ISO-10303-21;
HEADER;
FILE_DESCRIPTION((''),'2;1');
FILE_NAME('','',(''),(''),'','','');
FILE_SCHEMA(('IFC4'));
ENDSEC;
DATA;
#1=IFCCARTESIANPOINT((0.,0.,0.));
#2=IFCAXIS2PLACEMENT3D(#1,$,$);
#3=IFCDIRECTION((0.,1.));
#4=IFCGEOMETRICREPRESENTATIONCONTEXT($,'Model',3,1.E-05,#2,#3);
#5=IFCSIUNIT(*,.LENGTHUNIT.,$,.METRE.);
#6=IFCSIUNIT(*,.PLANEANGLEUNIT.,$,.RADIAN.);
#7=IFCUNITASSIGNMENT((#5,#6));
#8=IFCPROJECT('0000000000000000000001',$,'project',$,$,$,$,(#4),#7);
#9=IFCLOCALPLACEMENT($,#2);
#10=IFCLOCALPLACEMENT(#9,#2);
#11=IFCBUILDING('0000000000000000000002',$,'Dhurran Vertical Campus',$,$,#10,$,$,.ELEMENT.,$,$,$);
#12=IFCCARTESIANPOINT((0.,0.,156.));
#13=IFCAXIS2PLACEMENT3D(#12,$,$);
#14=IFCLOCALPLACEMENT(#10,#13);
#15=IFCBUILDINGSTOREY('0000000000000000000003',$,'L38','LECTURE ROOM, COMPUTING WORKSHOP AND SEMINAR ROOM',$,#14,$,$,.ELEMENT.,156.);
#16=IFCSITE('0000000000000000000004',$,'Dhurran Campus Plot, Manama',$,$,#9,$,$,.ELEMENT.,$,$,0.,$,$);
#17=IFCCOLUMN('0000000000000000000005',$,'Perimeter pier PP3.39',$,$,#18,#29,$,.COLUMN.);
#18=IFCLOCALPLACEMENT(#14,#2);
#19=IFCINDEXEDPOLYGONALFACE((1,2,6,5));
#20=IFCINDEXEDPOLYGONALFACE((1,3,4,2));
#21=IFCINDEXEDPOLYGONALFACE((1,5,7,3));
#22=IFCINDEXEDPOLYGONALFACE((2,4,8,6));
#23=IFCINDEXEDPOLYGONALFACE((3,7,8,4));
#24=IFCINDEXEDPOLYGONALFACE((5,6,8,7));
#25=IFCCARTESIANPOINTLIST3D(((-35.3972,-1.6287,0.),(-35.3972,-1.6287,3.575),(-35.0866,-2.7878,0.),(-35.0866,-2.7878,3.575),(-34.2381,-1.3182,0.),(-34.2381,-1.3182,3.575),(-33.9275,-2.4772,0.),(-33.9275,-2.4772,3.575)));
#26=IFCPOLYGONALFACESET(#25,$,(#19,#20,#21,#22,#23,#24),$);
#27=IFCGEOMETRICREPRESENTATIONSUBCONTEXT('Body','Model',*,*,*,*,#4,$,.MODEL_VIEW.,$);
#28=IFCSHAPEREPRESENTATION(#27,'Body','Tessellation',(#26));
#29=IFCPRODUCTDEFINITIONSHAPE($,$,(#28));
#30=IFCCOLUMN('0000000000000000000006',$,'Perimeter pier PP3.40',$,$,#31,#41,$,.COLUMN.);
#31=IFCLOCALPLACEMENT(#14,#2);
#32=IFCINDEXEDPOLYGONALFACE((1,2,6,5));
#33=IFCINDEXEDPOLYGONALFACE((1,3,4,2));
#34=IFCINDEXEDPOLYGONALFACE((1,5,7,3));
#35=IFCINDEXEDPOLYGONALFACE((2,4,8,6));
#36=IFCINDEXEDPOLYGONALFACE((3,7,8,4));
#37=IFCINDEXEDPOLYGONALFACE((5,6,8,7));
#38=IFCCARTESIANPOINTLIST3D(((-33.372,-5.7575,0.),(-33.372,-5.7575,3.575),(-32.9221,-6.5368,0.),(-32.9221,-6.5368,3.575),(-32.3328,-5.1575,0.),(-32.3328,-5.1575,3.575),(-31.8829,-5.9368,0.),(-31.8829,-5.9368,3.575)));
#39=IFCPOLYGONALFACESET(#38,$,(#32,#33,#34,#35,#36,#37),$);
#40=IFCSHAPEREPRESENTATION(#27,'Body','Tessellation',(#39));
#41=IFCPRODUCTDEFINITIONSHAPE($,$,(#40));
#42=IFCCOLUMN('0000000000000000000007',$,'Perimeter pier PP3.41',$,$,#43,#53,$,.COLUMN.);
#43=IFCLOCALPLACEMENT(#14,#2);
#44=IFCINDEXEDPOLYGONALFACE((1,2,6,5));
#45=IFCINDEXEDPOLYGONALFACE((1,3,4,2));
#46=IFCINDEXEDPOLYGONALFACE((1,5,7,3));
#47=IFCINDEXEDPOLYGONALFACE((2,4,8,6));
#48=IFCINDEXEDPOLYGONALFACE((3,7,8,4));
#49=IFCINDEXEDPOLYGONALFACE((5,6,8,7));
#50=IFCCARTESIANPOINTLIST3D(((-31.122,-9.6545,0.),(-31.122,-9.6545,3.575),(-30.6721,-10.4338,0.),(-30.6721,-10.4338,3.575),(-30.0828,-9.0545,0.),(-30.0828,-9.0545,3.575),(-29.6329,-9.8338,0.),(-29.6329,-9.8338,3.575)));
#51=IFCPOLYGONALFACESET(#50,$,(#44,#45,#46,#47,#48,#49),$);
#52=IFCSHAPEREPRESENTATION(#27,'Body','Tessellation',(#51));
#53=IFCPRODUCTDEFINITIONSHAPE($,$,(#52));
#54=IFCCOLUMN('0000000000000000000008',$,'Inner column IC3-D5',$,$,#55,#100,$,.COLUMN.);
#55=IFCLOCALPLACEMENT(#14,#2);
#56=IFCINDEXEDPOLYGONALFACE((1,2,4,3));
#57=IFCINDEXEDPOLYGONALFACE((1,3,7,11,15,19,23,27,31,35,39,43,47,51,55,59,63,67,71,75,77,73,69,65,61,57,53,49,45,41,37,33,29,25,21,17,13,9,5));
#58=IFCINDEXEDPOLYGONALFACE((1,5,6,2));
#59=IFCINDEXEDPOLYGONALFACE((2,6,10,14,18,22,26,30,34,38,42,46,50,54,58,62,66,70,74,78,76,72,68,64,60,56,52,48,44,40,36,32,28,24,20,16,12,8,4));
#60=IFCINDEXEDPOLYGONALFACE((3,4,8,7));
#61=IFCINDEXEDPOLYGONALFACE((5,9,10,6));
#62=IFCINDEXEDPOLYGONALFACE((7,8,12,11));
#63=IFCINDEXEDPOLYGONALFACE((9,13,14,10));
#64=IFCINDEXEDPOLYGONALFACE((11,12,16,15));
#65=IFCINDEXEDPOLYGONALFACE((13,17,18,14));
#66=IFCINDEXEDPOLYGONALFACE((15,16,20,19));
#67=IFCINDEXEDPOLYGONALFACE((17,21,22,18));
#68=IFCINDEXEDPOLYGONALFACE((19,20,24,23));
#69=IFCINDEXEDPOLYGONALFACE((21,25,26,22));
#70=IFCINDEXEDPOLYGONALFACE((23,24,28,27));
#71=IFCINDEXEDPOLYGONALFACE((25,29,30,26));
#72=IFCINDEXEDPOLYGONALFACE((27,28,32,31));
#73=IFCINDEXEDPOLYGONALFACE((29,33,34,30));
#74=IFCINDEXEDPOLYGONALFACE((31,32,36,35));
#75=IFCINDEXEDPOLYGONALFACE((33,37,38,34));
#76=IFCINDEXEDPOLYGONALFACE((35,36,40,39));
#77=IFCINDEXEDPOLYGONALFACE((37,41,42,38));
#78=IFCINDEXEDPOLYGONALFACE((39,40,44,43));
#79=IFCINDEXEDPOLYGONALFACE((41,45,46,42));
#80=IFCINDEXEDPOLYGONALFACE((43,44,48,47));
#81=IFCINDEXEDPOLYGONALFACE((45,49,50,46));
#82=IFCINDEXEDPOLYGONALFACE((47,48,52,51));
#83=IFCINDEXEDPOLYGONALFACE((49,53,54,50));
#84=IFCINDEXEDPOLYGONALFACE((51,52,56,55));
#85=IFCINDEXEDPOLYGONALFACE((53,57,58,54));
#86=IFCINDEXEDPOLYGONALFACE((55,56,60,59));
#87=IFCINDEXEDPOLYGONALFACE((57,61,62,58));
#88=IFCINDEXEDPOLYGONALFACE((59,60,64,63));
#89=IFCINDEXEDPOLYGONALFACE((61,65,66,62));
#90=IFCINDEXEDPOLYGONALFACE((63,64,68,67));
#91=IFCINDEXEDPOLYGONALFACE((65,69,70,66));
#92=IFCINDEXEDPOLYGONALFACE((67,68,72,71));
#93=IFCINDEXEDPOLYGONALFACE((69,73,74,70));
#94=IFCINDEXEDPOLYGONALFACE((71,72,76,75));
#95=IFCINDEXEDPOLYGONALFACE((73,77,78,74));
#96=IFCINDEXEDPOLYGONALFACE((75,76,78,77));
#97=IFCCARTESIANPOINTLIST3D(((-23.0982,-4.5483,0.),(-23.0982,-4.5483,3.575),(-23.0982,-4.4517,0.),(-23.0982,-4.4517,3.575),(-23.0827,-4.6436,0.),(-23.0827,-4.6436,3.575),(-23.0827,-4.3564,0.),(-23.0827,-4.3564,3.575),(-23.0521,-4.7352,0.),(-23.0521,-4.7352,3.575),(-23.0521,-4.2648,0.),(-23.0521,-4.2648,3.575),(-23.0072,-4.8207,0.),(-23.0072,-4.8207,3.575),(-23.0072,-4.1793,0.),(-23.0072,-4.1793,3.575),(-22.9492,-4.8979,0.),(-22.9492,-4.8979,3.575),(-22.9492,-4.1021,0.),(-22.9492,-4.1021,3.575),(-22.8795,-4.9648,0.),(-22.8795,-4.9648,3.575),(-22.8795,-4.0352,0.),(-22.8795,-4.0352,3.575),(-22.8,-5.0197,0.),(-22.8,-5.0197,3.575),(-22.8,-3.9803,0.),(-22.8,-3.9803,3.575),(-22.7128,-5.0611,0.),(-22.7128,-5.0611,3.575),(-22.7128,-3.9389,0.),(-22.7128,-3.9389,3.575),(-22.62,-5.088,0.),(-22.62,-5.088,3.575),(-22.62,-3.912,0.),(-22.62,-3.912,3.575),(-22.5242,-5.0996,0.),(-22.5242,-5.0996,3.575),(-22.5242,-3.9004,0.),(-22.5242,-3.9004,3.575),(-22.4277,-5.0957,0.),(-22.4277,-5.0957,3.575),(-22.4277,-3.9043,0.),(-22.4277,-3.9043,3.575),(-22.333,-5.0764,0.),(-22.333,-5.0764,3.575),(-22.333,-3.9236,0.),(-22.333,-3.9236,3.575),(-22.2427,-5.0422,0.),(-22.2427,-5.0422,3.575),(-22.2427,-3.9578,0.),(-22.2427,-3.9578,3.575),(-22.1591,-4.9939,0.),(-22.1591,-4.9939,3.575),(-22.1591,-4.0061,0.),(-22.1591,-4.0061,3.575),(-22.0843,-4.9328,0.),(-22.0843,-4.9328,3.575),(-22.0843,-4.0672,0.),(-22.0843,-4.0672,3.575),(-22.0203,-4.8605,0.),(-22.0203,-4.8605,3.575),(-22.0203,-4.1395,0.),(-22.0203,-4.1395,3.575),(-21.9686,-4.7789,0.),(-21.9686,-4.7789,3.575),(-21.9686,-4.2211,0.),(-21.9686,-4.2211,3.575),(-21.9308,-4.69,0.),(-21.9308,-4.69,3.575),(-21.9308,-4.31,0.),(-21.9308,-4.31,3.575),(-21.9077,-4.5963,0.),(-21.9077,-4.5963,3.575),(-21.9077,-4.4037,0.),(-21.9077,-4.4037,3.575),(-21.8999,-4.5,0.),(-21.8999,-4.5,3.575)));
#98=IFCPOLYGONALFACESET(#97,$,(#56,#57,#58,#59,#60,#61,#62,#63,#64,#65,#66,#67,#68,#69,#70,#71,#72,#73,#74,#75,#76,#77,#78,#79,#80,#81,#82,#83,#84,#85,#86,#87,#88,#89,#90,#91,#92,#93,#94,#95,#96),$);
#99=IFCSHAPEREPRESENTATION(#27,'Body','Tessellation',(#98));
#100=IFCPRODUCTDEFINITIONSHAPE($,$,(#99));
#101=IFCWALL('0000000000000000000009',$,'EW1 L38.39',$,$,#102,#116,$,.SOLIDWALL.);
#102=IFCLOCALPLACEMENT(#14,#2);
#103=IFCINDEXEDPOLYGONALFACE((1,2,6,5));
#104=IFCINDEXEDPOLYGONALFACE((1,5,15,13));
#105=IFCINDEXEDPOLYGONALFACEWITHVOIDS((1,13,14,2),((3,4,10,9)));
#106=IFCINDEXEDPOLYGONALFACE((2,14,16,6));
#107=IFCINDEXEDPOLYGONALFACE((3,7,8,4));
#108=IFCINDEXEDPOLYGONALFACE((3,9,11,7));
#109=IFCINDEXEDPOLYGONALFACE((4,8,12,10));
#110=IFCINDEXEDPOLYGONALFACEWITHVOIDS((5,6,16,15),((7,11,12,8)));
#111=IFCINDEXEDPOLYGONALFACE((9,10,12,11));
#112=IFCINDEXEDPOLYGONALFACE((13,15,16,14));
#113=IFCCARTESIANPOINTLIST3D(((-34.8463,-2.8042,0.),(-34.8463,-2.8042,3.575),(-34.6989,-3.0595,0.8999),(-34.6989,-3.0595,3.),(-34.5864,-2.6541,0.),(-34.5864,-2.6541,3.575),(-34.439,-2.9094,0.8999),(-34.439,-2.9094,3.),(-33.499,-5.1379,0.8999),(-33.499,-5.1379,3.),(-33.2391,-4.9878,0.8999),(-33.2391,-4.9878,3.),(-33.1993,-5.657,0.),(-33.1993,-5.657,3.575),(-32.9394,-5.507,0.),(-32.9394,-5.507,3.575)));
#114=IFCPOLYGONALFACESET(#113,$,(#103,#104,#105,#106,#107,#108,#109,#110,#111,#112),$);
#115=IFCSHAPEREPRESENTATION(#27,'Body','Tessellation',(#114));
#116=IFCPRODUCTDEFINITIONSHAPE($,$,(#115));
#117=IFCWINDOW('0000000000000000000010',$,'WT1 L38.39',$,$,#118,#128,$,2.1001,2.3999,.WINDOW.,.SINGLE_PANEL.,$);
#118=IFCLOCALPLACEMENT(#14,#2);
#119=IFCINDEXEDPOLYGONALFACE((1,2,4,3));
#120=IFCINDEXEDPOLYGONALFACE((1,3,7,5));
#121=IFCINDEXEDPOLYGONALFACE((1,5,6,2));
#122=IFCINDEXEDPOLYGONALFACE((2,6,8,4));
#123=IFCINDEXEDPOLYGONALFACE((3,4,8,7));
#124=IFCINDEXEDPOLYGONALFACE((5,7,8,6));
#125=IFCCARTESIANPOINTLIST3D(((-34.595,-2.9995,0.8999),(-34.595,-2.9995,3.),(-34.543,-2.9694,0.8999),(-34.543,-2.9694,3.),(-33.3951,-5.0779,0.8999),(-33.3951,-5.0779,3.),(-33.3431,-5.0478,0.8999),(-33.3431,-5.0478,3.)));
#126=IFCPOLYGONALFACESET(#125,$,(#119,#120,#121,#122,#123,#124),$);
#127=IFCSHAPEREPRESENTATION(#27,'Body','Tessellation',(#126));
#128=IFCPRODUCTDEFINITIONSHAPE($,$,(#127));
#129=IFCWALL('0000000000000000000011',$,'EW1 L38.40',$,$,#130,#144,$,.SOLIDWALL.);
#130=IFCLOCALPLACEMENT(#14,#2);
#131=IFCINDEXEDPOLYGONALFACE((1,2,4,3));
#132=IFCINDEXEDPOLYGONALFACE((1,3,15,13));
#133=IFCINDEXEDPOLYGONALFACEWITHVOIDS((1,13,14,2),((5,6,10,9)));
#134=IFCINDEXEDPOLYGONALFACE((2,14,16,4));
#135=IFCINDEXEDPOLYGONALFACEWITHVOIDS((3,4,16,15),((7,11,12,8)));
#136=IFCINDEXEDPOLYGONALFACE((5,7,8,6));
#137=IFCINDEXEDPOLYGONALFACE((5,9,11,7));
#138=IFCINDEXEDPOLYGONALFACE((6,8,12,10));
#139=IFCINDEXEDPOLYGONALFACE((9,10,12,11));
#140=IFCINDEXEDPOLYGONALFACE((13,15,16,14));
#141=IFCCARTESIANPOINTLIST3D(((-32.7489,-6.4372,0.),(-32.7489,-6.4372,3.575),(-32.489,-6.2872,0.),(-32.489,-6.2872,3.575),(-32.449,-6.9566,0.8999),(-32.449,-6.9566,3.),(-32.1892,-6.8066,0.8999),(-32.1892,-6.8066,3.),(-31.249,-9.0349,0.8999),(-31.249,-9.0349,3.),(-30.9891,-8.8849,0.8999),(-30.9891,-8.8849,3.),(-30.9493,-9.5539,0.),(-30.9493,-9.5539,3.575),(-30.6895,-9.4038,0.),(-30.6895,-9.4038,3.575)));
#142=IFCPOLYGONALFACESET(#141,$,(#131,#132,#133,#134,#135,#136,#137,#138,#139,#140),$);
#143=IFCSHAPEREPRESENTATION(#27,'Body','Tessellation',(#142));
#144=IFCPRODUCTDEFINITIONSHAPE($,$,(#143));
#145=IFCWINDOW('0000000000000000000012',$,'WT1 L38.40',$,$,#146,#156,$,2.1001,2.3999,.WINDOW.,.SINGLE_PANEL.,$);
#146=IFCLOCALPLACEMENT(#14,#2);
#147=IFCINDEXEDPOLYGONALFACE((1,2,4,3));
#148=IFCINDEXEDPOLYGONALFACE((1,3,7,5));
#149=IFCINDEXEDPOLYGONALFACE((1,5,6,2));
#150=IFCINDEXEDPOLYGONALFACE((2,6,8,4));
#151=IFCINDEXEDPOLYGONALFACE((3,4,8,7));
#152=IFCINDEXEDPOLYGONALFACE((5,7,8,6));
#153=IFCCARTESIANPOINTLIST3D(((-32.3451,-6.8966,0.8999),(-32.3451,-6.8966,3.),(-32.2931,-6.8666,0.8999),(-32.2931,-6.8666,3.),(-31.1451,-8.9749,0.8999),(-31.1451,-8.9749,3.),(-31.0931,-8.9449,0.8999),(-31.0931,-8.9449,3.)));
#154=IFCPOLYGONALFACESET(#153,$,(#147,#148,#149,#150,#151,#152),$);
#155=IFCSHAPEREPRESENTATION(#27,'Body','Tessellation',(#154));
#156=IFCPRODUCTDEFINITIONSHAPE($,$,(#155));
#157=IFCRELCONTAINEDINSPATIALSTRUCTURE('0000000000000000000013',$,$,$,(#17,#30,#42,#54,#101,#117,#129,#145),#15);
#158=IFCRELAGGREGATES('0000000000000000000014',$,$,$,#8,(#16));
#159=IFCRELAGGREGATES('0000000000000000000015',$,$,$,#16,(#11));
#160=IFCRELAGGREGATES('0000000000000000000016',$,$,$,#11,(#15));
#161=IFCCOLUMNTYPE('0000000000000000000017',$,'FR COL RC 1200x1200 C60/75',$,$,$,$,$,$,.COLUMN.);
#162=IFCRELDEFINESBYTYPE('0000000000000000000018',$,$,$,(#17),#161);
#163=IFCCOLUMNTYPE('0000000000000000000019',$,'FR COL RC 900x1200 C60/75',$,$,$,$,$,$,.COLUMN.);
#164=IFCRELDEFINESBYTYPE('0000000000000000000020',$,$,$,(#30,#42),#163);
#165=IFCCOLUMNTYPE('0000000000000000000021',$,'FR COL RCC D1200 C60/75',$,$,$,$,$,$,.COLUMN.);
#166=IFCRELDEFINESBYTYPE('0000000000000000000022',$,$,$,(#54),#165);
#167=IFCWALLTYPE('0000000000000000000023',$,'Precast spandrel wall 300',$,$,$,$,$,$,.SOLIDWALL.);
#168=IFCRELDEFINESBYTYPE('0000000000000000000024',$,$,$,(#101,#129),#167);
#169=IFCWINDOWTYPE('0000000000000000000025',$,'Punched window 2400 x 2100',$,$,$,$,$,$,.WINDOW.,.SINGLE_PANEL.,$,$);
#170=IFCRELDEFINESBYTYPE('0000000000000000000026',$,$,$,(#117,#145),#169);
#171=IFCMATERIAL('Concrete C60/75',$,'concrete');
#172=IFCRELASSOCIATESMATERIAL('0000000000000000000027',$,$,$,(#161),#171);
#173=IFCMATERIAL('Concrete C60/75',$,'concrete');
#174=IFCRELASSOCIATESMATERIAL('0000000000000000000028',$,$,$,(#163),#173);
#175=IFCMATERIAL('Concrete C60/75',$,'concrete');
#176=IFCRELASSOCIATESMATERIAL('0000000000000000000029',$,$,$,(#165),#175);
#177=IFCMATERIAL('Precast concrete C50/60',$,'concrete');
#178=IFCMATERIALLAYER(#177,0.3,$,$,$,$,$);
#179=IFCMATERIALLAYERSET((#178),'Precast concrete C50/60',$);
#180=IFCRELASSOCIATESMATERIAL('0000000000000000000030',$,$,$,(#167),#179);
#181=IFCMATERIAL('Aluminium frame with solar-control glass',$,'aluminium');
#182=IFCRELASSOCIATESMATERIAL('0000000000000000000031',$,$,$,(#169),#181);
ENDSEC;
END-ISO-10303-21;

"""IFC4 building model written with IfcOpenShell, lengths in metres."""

from ifc_helpers import new_model, si_unit, direction, frame, frame_2d, origin, origin_2d, place, context, subcontext, project, spatial, rectangle, circle, extrude, material, layer, layer_set, material_profile, profile_set, type_object, element, fill, save


model = new_model("IFC4")

# Units and contexts
model_context = context("Model", 3, precision=1e-05, world=origin(), true_north=direction((0.0, 1.0)))
body_context = subcontext(model_context, "Body", "Model", "MODEL_VIEW")
ifc_project = project(units=[si_unit("LENGTHUNIT", "METRE"), si_unit("PLANEANGLEUNIT", "RADIAN")], contexts=[model_context])

# Site, building, storey
site_placement = place(None, origin())
site = spatial("IfcSite", under=ifc_project, at=site_placement, Name="Dhurran Campus Plot, Manama", CompositionType="ELEMENT", RefElevation=0.0)
building_placement = place(site_placement, origin())
building = spatial("IfcBuilding", under=site, at=building_placement, Name="Dhurran Vertical Campus", CompositionType="ELEMENT")
storey_placement = place(building_placement, frame((0.0, 0.0, 156.0)))
storey = spatial("IfcBuildingStorey", under=building, at=storey_placement, Name="L38", Description="LECTURE ROOM, COMPUTING WORKSHOP AND SEMINAR ROOM", CompositionType="ELEMENT", Elevation=156.0)

# Columns
ifc_material_1 = material(Name="Concrete C60/75", Category="concrete")
ifc_material_profile_1 = material_profile(ifc_material_1, rectangle(XDim=1.2, YDim=1.2, at=origin_2d()), Name="RC 1200x1200")
ifc_profile_set_1 = profile_set([ifc_material_profile_1], Name="Concrete C60/75")
column_type_1 = type_object("IfcColumnType", Name="FR COL RC 1200x1200 C60/75", PredefinedType="COLUMN", material=ifc_profile_set_1)
column_1_placement = place(storey_placement, frame((-34.6624, -2.053, 0.0), z_axis=(0.0, 0.0, 1.0), x_axis=(0.258819, -0.965926, 0.0)))
element("IfcColumn", 1, at=column_1_placement, inside=storey, type_object=column_type_1, Name="Perimeter pier PP3.39", PredefinedType="COLUMN", context=body_context, shape_type="SweptSolid", body=[
    extrude(rectangle(XDim=1.2, YDim=1.2, at=origin_2d()), origin(), (0.0, 0.0, 1.0), 3.575),
])
ifc_material_2 = material(Name="Concrete C60/75", Category="concrete")
ifc_material_profile_2 = material_profile(ifc_material_2, rectangle(XDim=0.8999, YDim=1.2, at=origin_2d()), Name="RC 900x1200")
ifc_profile_set_2 = profile_set([ifc_material_profile_2], Name="Concrete C60/75")
column_type_2 = type_object("IfcColumnType", Name="FR COL RC 900x1200 C60/75", PredefinedType="COLUMN", material=ifc_profile_set_2)
for number, where, z_axis, x_axis, name in (
    (2, (-32.6274, -5.8472, 0.0), (0.0, 0.0, 1.0), (0.5, -0.866025, 0.0), "Perimeter pier PP3.40"),
    (3, (-30.3774, -9.7441, 0.0), (0.0, 0.0, 1.0), (0.5, -0.866025, 0.0), "Perimeter pier PP3.41"),
):
    element("IfcColumn", number, at=place(storey_placement, frame(where, z_axis=z_axis, x_axis=x_axis)), inside=storey, type_object=column_type_2, Name=name, PredefinedType="COLUMN", context=body_context, shape_type="SweptSolid", body=[
        extrude(rectangle(XDim=0.8999, YDim=1.2, at=origin_2d()), origin(), (0.0, 0.0, 1.0), 3.575),
    ])
ifc_material_3 = material(Name="Concrete C60/75", Category="concrete")
ifc_material_profile_3 = material_profile(ifc_material_3, circle(Radius=0.6001, at=origin_2d()), Name="RCC D1200")
ifc_profile_set_3 = profile_set([ifc_material_profile_3], Name="Concrete C60/75")
column_type_3 = type_object("IfcColumnType", Name="FR COL RCC D1200 C60/75", PredefinedType="COLUMN", material=ifc_profile_set_3)
column_2_placement = place(storey_placement, frame((-22.5, -4.5, 0.0), z_axis=(0.0, 0.0, 1.0), x_axis=(1.0, 0.0, 0.0)))
element("IfcColumn", 4, at=column_2_placement, inside=storey, type_object=column_type_3, Name="Inner column IC3-D5", PredefinedType="COLUMN", context=body_context, shape_type="SweptSolid", body=[
    extrude(circle(Radius=0.6001, at=origin_2d()), origin(), (0.0, 0.0, 1.0), 3.575),
])

# Walls, openings, windows
ifc_material_4 = material(Name="Precast concrete C50/60", Category="concrete")
ifc_layer = layer(ifc_material_4, 0.3)
ifc_layer_set = layer_set([ifc_layer], Name="Precast concrete C50/60")
wall_type = type_object("IfcWallType", Name="Precast spandrel wall 300", PredefinedType="SOLIDWALL", material=ifc_layer_set)
wall_1_placement = place(storey_placement, frame((-34.7163, -2.7292, 0.0), z_axis=(0.0, 0.0, 1.0), x_axis=(0.499981, -0.866036, 0.0)))
wall_1 = element("IfcWall", 5, at=wall_1_placement, inside=storey, type_object=wall_type, Name="EW1 L38.39", PredefinedType="SOLIDWALL", context=body_context, shape_type="SweptSolid", body=[
    extrude(rectangle(XDim=3.2942, YDim=0.3, at=frame_2d((1.647, 0.0))), origin(), (0.0, 0.0, 1.0), 3.575),
])
opening_1_placement = place(wall_1_placement, frame((0.2947, 0.0, 0.8999)))
opening_1 = element("IfcOpeningElement", 6, at=opening_1_placement, cuts=wall_1, PredefinedType="OPENING", context=body_context, shape_type="SweptSolid", body=[
    extrude(rectangle(XDim=2.3999, YDim=2.1001, at=frame_2d((1.2, 1.05))), frame((0.0, 0.1599, 0.0), z_axis=(0.0, -1.0, 0.0), x_axis=(1.0, 0.0, 0.0)), (0.0, 0.0, 1.0), 0.3201),
])
ifc_material_5 = material(Name="Aluminium frame with solar-control glass", Category="aluminium")
window_type = type_object("IfcWindowType", Name="Punched window 2400 x 2100", PartitioningType="SINGLE_PANEL", PredefinedType="WINDOW", material=ifc_material_5)
window_1_placement = place(opening_1_placement, origin())
window_1 = element("IfcWindow", 7, at=window_1_placement, inside=storey, type_object=window_type, Name="WT1 L38.39", OverallHeight=2.1001, OverallWidth=2.3999, PartitioningType="SINGLE_PANEL", PredefinedType="WINDOW", context=body_context, shape_type="SweptSolid", body=[
    extrude(rectangle(XDim=2.3999, YDim=2.1001, at=frame_2d((1.2, 1.05))), frame((0.0, 0.03, 0.0), z_axis=(0.0, -1.0, 0.0), x_axis=(1.0, 0.0, 0.0)), (0.0, 0.0, 1.0), 0.0601),
])
fill(opening_1, window_1)
wall_2_placement = place(storey_placement, frame((-32.6189, -6.3623, 0.0), z_axis=(0.0, 0.0, 1.0), x_axis=(0.500028, -0.866009, 0.0)))
wall_2 = element("IfcWall", 8, at=wall_2_placement, inside=storey, type_object=wall_type, Name="EW1 L38.40", PredefinedType="SOLIDWALL", context=body_context, shape_type="SweptSolid", body=[
    extrude(rectangle(XDim=3.5989, YDim=0.3, at=frame_2d((1.7993, 0.0))), origin(), (0.0, 0.0, 1.0), 3.575),
])
opening_2_placement = place(wall_2_placement, frame((0.5996, 0.0, 0.8999)))
opening_2 = element("IfcOpeningElement", 9, at=opening_2_placement, cuts=wall_2, PredefinedType="OPENING", context=body_context, shape_type="SweptSolid", body=[
    extrude(rectangle(XDim=2.3999, YDim=2.1001, at=frame_2d((1.2, 1.05))), frame((0.0, 0.1599, 0.0), z_axis=(0.0, -1.0, 0.0), x_axis=(1.0, 0.0, 0.0)), (0.0, 0.0, 1.0), 0.3201),
])
window_2_placement = place(opening_2_placement, origin())
window_2 = element("IfcWindow", 10, at=window_2_placement, inside=storey, type_object=window_type, Name="WT1 L38.40", OverallHeight=2.1001, OverallWidth=2.3999, PartitioningType="SINGLE_PANEL", PredefinedType="WINDOW", context=body_context, shape_type="SweptSolid", body=[
    extrude(rectangle(XDim=2.3999, YDim=2.1001, at=frame_2d((1.2, 1.05))), frame((0.0, 0.03, 0.0), z_axis=(0.0, -1.0, 0.0), x_axis=(1.0, 0.0, 0.0)), (0.0, 0.0, 1.0), 0.0601),
])
fill(opening_2, window_2)

save(model, "model.ifc")
